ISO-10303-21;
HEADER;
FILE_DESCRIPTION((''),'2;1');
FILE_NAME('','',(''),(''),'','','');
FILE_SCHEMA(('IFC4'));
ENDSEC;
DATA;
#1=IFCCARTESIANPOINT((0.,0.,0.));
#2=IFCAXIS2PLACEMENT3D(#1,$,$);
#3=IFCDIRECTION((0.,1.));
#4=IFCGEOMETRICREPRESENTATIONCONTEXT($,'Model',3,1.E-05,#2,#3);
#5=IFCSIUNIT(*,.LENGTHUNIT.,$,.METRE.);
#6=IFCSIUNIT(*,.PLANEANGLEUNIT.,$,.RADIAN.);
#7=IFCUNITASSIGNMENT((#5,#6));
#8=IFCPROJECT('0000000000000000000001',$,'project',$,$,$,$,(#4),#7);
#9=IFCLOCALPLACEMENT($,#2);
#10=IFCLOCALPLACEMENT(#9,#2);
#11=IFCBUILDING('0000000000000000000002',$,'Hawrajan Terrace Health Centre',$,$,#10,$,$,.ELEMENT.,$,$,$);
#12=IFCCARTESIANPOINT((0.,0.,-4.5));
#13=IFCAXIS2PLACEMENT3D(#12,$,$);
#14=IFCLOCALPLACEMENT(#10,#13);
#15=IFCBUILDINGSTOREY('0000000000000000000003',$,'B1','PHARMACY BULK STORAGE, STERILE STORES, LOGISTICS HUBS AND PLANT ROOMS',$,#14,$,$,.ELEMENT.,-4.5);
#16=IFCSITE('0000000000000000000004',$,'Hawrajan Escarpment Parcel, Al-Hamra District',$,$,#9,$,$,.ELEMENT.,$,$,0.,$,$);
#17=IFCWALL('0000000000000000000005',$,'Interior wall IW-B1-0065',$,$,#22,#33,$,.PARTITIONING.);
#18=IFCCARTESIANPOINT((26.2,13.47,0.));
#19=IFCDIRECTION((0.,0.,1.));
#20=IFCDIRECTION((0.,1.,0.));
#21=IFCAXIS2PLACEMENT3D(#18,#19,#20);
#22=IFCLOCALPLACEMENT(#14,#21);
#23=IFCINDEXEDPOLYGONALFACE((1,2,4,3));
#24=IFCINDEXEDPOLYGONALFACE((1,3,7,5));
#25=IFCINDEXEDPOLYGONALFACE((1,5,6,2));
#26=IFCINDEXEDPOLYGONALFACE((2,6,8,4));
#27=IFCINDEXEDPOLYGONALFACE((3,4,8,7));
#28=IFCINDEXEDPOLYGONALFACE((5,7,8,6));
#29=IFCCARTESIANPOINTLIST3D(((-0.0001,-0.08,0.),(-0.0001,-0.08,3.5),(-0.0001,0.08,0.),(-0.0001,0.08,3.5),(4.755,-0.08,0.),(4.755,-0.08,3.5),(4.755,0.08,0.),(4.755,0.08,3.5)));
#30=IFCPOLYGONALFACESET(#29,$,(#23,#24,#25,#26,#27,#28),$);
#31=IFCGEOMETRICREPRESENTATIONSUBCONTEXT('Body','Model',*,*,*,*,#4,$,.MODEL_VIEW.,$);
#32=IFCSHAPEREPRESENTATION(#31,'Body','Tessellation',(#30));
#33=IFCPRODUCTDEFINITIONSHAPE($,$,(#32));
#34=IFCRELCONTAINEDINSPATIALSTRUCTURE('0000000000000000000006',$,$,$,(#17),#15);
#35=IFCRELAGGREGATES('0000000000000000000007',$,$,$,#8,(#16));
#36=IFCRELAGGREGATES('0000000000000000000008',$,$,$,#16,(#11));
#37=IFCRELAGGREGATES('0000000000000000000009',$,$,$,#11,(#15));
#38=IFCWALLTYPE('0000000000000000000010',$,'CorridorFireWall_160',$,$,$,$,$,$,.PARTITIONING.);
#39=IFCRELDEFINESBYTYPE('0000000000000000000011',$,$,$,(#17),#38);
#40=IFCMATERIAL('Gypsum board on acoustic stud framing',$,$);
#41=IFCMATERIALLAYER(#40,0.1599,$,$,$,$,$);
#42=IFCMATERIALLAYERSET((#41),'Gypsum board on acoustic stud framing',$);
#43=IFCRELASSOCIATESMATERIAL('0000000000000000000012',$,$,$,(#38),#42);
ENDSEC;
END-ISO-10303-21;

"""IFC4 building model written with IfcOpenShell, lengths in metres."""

from ifc_helpers import new_model, si_unit, direction, frame, frame_2d, origin, place, context, subcontext, project, spatial, rectangle, extrude, material, layer, layer_set, type_object, element, save


model = new_model("IFC4")

# Units and contexts
model_context = context("Model", 3, precision=1e-05, world=origin(), true_north=direction((0.0, 1.0)))
body_context = subcontext(model_context, "Body", "Model", "MODEL_VIEW")
ifc_project = project(units=[si_unit("LENGTHUNIT", "METRE"), si_unit("PLANEANGLEUNIT", "RADIAN")], contexts=[model_context])

# Site, building, storey
site_placement = place(None, origin())
site = spatial("IfcSite", under=ifc_project, at=site_placement, Name="Hawrajan Escarpment Parcel, Al-Hamra District", CompositionType="ELEMENT", RefElevation=0.0)
building_placement = place(site_placement, origin())
building = spatial("IfcBuilding", under=site, at=building_placement, Name="Hawrajan Terrace Health Centre", CompositionType="ELEMENT")
storey_placement = place(building_placement, frame((0.0, 0.0, -4.5)))
storey = spatial("IfcBuildingStorey", under=building, at=storey_placement, Name="B1", Description="PHARMACY BULK STORAGE, STERILE STORES, LOGISTICS HUBS AND PLANT ROOMS", CompositionType="ELEMENT", Elevation=-4.5)

# Shared definitions
ifc_material_1 = material(Name="Gypsum board on acoustic stud framing")
ifc_layer_1 = layer(ifc_material_1, 0.1599)
ifc_layer_set_1 = layer_set([ifc_layer_1], Name="Gypsum board on acoustic stud framing")
wall_type_1 = type_object("IfcWallType", Name="CorridorFireWall_160", PredefinedType="PARTITIONING", material=ifc_layer_set_1)

# Wall
wall_1_placement = place(storey_placement, frame((26.2, 13.47, 0.0), z_axis=(0.0, 0.0, 1.0), x_axis=(0.0, 1.0, 0.0)))
element("IfcWall", 1, at=wall_1_placement, inside=storey, type_object=wall_type_1, Name="Interior wall IW-B1-0065", PredefinedType="PARTITIONING", context=body_context, shape_type="SweptSolid", body=[
    extrude(rectangle(XDim=4.7551, YDim=0.1599, at=frame_2d((2.3774, 0.0))), origin(), (0.0, 0.0, 1.0), 3.5),
])

save(model, "model.ifc")
